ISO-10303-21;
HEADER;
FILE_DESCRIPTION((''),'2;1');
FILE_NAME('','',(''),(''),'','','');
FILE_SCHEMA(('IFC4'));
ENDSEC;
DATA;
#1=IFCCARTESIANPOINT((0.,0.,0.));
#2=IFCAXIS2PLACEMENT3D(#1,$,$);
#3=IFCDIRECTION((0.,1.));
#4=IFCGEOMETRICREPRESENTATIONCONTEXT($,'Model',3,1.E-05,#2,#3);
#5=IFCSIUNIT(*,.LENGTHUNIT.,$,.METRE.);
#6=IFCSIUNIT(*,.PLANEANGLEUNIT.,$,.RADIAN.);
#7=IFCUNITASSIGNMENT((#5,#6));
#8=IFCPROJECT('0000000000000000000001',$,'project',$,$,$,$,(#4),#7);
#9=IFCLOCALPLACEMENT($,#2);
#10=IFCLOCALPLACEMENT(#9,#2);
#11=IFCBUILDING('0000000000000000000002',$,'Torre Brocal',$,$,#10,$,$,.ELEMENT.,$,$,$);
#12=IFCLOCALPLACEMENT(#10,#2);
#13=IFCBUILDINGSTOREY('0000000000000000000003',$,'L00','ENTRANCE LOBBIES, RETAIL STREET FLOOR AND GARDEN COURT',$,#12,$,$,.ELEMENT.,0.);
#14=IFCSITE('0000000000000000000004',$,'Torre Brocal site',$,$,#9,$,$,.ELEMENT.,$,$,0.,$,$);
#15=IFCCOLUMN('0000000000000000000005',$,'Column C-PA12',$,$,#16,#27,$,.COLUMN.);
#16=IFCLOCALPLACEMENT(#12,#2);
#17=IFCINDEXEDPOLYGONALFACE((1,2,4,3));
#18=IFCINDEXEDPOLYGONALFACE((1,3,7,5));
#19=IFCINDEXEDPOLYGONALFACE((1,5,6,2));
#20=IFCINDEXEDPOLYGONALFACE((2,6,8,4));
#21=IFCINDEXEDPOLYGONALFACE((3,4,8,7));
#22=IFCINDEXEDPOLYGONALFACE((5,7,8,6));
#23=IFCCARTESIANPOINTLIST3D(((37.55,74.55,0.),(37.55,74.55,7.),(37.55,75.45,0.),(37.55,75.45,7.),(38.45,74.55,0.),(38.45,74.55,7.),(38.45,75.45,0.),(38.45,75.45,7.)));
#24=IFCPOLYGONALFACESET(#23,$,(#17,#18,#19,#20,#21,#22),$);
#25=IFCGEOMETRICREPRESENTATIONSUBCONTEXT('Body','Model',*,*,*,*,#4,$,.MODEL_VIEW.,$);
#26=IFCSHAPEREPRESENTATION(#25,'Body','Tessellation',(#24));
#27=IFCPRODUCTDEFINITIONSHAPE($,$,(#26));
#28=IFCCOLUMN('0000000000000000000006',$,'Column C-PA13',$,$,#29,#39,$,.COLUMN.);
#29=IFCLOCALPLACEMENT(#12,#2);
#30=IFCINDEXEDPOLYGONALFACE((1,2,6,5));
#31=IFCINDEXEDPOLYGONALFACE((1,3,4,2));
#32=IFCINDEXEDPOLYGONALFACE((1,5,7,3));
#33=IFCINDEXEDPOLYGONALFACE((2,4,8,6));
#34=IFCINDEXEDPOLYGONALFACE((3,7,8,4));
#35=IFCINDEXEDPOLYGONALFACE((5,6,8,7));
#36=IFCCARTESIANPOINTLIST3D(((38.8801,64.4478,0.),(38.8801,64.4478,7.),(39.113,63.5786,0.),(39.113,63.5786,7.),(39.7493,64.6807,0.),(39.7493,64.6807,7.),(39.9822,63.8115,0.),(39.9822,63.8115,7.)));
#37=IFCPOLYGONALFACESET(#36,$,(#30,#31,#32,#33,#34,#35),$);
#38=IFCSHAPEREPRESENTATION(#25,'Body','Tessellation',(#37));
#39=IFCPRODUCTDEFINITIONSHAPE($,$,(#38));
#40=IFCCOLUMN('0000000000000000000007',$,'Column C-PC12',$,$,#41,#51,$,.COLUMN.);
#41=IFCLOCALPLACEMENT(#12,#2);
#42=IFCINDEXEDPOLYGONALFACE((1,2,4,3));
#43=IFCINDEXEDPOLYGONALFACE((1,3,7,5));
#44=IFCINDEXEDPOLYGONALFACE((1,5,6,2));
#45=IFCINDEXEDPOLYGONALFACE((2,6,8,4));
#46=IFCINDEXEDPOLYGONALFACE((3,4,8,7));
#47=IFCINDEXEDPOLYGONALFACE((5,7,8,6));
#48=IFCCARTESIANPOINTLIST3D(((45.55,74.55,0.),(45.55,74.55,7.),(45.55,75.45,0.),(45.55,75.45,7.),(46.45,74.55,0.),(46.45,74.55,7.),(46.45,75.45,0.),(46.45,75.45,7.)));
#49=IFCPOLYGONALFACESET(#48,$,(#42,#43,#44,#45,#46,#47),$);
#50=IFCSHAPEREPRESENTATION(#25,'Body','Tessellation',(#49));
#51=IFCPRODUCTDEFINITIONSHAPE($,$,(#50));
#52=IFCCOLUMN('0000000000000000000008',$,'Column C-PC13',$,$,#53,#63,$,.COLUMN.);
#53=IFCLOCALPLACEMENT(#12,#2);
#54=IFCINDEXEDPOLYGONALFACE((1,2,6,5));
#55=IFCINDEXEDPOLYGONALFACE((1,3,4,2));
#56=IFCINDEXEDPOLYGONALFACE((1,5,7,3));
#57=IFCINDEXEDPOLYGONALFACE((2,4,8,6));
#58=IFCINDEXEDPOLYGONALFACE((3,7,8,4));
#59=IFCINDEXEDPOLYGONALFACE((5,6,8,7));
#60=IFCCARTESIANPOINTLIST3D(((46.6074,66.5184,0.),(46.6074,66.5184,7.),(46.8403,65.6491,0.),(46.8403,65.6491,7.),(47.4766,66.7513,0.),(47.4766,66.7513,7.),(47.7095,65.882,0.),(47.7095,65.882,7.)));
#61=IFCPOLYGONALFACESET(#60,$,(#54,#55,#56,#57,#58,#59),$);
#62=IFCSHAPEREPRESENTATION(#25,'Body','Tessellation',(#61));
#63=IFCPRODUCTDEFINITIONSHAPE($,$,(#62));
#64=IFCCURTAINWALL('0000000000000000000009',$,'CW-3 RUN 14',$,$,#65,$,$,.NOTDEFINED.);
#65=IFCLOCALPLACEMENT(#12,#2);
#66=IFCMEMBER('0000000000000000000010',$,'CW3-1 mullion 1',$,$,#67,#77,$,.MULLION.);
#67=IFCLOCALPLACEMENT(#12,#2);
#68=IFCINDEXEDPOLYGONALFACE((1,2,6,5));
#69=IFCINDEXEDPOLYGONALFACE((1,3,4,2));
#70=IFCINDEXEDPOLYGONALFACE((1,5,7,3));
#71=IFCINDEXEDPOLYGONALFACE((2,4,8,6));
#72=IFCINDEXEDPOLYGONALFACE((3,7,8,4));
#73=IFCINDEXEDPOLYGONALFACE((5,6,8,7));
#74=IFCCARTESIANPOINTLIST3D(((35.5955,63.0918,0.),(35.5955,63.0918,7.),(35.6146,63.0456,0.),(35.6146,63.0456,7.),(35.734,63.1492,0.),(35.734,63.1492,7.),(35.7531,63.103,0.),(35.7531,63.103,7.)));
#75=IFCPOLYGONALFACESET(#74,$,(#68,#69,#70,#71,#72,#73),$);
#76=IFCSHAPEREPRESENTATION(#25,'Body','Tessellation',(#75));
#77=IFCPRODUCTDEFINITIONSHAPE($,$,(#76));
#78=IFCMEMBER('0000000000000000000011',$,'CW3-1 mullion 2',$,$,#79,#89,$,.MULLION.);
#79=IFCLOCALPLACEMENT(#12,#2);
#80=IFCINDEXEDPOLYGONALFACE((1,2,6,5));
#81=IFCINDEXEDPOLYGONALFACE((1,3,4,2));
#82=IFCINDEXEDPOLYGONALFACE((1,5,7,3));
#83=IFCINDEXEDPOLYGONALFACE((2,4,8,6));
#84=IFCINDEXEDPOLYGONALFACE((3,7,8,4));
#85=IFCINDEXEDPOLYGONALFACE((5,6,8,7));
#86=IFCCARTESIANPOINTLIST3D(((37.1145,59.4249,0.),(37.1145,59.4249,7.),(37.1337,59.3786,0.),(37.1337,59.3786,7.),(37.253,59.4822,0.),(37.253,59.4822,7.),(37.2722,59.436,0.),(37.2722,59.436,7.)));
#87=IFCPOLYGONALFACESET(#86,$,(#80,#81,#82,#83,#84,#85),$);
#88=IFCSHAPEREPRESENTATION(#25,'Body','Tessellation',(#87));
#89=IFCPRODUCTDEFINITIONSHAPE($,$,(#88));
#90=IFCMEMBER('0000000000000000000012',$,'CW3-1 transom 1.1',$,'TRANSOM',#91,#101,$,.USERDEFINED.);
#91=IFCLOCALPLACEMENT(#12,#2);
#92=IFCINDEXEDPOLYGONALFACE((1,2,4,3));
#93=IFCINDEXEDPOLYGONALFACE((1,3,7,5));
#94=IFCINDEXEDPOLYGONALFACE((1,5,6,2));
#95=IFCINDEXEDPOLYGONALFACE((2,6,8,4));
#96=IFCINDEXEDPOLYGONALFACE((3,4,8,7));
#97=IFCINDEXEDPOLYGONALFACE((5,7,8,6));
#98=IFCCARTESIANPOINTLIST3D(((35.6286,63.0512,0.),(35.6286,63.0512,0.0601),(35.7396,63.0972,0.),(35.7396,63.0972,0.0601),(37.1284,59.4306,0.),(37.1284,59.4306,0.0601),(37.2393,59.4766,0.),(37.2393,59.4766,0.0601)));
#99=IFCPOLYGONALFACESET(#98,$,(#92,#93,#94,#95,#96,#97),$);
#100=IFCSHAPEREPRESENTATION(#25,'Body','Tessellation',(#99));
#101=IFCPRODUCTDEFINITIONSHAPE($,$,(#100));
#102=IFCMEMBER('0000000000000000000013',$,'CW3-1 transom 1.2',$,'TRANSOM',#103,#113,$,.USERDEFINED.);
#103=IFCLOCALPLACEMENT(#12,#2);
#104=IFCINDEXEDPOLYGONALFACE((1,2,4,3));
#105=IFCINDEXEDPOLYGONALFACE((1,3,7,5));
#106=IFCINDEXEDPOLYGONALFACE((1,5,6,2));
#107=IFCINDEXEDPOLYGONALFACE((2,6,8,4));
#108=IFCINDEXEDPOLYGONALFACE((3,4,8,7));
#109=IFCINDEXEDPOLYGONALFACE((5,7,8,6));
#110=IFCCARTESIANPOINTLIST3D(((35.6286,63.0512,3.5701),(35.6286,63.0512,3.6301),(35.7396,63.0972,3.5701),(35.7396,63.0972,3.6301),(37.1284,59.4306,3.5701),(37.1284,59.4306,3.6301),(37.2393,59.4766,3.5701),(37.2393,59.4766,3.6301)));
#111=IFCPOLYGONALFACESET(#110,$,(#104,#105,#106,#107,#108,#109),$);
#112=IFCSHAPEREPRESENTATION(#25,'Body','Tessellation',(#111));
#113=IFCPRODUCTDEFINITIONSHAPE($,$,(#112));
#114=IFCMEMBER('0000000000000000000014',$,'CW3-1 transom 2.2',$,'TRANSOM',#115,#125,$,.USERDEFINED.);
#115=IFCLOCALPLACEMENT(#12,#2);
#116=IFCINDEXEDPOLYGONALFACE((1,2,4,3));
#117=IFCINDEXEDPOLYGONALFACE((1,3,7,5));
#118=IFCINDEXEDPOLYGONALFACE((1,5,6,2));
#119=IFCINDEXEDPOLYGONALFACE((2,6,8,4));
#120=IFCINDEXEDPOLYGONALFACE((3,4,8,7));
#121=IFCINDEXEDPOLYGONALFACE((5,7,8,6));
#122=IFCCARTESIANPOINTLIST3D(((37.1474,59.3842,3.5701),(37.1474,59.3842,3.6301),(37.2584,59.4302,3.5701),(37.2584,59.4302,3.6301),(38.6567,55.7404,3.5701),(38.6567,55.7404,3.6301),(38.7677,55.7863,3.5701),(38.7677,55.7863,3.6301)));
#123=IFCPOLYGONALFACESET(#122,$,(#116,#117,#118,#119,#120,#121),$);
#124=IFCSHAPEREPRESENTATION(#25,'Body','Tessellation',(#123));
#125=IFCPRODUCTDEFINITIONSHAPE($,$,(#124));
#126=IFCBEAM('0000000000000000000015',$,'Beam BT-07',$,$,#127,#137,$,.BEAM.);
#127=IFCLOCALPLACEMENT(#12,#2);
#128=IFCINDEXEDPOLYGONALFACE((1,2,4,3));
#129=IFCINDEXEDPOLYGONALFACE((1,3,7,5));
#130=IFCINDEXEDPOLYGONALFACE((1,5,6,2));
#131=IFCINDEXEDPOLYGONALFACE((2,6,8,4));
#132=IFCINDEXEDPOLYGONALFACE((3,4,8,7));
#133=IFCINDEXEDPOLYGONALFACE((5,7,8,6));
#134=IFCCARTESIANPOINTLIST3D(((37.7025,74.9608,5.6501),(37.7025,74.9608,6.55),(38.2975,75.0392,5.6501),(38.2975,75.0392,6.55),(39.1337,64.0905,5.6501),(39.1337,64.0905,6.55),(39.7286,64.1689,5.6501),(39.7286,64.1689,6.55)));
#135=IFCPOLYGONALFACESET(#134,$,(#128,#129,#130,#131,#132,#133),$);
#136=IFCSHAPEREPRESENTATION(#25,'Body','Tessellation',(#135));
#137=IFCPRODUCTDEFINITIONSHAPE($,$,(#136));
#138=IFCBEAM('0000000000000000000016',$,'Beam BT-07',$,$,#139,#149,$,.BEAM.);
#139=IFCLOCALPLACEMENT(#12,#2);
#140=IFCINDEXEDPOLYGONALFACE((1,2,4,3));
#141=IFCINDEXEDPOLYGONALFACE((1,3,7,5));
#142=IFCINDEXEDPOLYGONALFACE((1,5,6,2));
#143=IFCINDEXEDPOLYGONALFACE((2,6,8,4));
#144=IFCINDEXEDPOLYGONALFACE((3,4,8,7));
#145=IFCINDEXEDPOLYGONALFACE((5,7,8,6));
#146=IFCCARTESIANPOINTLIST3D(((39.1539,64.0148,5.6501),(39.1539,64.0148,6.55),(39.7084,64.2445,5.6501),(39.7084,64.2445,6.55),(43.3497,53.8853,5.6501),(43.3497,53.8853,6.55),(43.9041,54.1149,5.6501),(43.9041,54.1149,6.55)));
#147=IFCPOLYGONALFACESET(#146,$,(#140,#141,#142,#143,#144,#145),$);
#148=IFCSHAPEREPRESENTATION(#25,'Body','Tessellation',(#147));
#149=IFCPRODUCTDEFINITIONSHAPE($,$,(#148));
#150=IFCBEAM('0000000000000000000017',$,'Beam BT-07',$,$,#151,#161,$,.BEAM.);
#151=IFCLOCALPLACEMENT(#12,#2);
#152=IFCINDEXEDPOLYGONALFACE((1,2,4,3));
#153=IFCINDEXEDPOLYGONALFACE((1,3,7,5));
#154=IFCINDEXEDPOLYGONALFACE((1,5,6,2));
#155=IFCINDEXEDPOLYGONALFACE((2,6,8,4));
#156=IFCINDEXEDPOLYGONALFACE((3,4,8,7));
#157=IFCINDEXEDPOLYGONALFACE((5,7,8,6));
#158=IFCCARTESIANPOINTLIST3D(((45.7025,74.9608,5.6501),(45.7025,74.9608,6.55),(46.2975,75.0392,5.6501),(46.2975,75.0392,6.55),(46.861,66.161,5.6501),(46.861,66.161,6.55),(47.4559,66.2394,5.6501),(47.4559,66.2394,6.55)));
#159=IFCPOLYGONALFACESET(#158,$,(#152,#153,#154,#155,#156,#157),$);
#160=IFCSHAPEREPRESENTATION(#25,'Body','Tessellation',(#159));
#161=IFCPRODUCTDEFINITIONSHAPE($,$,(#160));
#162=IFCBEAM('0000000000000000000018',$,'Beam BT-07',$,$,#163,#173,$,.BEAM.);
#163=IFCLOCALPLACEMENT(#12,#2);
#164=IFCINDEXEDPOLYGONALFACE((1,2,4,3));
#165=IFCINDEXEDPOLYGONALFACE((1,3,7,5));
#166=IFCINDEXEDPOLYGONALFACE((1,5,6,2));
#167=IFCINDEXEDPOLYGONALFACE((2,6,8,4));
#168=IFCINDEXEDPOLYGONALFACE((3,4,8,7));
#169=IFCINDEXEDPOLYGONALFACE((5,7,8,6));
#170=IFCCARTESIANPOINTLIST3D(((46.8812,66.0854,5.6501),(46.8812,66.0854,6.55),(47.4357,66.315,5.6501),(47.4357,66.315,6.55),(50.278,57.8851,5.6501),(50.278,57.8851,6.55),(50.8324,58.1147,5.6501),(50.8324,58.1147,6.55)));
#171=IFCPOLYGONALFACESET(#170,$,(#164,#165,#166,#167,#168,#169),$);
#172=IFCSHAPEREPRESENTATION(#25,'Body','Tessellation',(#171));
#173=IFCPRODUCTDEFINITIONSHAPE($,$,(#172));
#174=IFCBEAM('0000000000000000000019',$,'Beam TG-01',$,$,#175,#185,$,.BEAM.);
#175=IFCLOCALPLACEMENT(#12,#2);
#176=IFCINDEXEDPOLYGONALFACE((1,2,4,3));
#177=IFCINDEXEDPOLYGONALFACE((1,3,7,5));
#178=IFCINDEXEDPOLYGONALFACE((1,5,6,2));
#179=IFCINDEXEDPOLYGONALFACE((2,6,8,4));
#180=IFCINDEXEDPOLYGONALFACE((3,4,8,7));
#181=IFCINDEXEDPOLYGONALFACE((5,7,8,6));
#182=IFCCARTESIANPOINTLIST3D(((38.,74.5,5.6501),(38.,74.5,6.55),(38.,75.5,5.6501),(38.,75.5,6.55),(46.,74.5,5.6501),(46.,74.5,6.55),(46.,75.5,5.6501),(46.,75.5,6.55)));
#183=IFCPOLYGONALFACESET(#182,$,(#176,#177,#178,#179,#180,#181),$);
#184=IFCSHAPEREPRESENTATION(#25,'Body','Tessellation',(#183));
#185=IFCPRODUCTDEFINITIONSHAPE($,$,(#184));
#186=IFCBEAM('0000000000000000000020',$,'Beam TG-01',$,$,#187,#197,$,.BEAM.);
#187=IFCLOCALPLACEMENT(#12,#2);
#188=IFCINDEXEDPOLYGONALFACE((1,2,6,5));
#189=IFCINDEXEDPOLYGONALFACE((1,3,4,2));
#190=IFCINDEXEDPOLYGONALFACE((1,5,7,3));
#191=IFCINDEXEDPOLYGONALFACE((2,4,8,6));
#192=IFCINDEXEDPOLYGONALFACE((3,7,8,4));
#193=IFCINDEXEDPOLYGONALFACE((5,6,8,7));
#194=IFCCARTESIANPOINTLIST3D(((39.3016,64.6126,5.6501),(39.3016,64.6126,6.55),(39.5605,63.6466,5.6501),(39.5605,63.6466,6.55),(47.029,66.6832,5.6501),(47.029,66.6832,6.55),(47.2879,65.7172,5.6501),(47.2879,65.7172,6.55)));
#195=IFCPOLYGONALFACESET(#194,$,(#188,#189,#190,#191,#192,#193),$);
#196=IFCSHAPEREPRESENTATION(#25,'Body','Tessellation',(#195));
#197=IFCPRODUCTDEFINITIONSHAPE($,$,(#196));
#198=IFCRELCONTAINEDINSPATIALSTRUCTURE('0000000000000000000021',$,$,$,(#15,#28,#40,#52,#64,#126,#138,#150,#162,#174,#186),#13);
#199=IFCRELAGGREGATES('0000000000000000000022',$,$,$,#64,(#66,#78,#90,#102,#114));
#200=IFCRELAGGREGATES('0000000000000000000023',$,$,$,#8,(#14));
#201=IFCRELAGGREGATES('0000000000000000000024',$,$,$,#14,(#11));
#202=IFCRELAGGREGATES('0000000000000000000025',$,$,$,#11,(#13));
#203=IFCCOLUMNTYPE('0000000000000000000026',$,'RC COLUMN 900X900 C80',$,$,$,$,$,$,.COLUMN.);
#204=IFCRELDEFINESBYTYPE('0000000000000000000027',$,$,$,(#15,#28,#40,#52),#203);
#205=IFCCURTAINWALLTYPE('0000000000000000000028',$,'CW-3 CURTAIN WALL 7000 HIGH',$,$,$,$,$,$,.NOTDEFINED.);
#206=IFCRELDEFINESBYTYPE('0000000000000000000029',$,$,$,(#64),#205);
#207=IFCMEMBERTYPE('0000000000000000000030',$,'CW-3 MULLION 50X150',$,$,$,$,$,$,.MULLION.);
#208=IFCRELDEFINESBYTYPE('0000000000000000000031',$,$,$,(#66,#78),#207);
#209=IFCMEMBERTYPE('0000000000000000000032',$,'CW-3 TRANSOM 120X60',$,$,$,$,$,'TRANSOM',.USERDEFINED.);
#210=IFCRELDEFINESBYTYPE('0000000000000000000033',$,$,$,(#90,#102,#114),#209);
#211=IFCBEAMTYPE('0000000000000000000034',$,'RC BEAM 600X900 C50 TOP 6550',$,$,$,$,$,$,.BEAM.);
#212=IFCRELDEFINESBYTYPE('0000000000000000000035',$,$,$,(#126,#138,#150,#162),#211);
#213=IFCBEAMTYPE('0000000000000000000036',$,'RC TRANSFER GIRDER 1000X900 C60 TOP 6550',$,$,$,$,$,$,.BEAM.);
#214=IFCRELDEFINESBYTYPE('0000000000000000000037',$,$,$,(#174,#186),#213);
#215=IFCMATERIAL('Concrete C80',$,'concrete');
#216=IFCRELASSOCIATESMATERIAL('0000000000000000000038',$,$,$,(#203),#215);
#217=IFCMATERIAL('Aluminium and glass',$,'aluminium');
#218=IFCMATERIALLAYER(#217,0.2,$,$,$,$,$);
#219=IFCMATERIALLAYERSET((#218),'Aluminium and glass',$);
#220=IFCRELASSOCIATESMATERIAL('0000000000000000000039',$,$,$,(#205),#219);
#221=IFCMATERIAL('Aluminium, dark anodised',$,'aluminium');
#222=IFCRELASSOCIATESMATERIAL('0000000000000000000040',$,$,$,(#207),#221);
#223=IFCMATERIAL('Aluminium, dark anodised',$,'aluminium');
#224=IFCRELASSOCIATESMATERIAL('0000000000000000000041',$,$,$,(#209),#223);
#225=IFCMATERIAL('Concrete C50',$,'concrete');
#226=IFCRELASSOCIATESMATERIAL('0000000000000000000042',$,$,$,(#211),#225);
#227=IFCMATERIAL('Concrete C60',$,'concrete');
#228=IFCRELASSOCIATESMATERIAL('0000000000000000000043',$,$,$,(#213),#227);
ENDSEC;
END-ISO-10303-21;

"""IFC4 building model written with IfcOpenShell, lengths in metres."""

from ifc_helpers import new_model, si_unit, direction, frame, origin, origin_2d, place, context, subcontext, project, spatial, rectangle, extrude, material, layer, layer_set, material_profile, profile_set, type_object, element, aggregate, save


model = new_model("IFC4")

# Units and contexts
model_context = context("Model", 3, precision=1e-05, world=origin(), true_north=direction((0.0, 1.0)))
body_context = subcontext(model_context, "Body", "Model", "MODEL_VIEW")
ifc_project = project(units=[si_unit("LENGTHUNIT", "METRE"), si_unit("PLANEANGLEUNIT", "RADIAN")], contexts=[model_context])

# Site, building, storey
site_placement = place(None, origin())
site = spatial("IfcSite", under=ifc_project, at=site_placement, Name="Torre Brocal site", CompositionType="ELEMENT", RefElevation=0.0)
building_placement = place(site_placement, origin())
building = spatial("IfcBuilding", under=site, at=building_placement, Name="Torre Brocal", CompositionType="ELEMENT")
storey_placement = place(building_placement, origin())
storey = spatial("IfcBuildingStorey", under=building, at=storey_placement, Name="L00", Description="ENTRANCE LOBBIES, RETAIL STREET FLOOR AND GARDEN COURT", CompositionType="ELEMENT", Elevation=0.0)

# Columns
ifc_material_1 = material(Name="Concrete C80", Category="concrete")
ifc_material_profile_1 = material_profile(ifc_material_1, rectangle(XDim=0.8999, YDim=0.8999, at=origin_2d()), Name="RC 900X900")
ifc_profile_set_1 = profile_set([ifc_material_profile_1], Name="Concrete C80")
column_type = type_object("IfcColumnType", Name="RC COLUMN 900X900 C80", PredefinedType="COLUMN", material=ifc_profile_set_1)
for number, where, z_axis, x_axis, name in (
    (1, (38.0, 75.0, 0.0), (0.0, 0.0, 1.0), (-1.0, 0.0, 0.0), "Column C-PA12"),
    (2, (39.4312, 64.1296, 0.0), (0.0, 0.0, 1.0), (-0.965926, -0.258819, 0.0), "Column C-PA13"),
    (3, (46.0, 75.0, 0.0), (0.0, 0.0, 1.0), (-1.0, 0.0, 0.0), "Column C-PC12"),
    (4, (47.1584, 66.2002, 0.0), (0.0, 0.0, 1.0), (-0.965926, -0.258819, 0.0), "Column C-PC13"),
):
    element("IfcColumn", number, at=place(storey_placement, frame(where, z_axis=z_axis, x_axis=x_axis)), inside=storey, type_object=column_type, Name=name, PredefinedType="COLUMN", context=body_context, shape_type="SweptSolid", body=[
        extrude(rectangle(XDim=0.8999, YDim=0.8999, at=origin_2d()), origin(), (0.0, 0.0, 1.0), 7.0),
    ])

# Curtain wall, members
ifc_material_2 = material(Name="Aluminium and glass", Category="aluminium")
ifc_layer_1 = layer(ifc_material_2, 0.2)
ifc_layer_set_1 = layer_set([ifc_layer_1], Name="Aluminium and glass")
curtain_wall_type = type_object("IfcCurtainWallType", Name="CW-3 CURTAIN WALL 7000 HIGH", PredefinedType="NOTDEFINED", material=ifc_layer_set_1)
curtain_wall_placement = place(storey_placement, origin())
curtain_wall = element("IfcCurtainWall", 5, at=curtain_wall_placement, inside=storey, type_object=curtain_wall_type, Name="CW-3 RUN 14", PredefinedType="NOTDEFINED")
ifc_material_3 = material(Name="Aluminium, dark anodised", Category="aluminium")
ifc_material_profile_2 = material_profile(ifc_material_3, rectangle(XDim=0.1499, YDim=0.05, at=origin_2d()), Name="CW-3 MULLION 50X150")
ifc_profile_set_2 = profile_set([ifc_material_profile_2], Name="Aluminium, dark anodised")
member_type_1 = type_object("IfcMemberType", Name="CW-3 MULLION 50X150", PredefinedType="MULLION", material=ifc_profile_set_2)
member_1_placement = place(storey_placement, frame((35.6743, 63.0974, 0.0), z_axis=(0.0, 0.0, 1.0), x_axis=(0.92388, 0.382683, 0.0)))
member_1 = element("IfcMember", 6, at=member_1_placement, type_object=member_type_1, Name="CW3-1 mullion 1", PredefinedType="MULLION", context=body_context, shape_type="SweptSolid", body=[
    extrude(rectangle(XDim=0.1499, YDim=0.05, at=origin_2d()), origin(), (0.0, 0.0, 1.0), 7.0),
])
member_2_placement = place(storey_placement, frame((37.1934, 59.4304, 0.0), z_axis=(0.0, 0.0, 1.0), x_axis=(0.92388, 0.382683, 0.0)))
member_2 = element("IfcMember", 7, at=member_2_placement, type_object=member_type_1, Name="CW3-1 mullion 2", PredefinedType="MULLION", context=body_context, shape_type="SweptSolid", body=[
    extrude(rectangle(XDim=0.1499, YDim=0.05, at=origin_2d()), origin(), (0.0, 0.0, 1.0), 7.0),
])
ifc_material_4 = material(Name="Aluminium, dark anodised", Category="aluminium")
ifc_material_profile_3 = material_profile(ifc_material_4, rectangle(XDim=0.1201, YDim=0.0601, at=origin_2d()), Name="CW-3 TRANSOM 120X60")
ifc_profile_set_3 = profile_set([ifc_material_profile_3], Name="Aluminium, dark anodised")
member_type_2 = type_object("IfcMemberType", Name="CW-3 TRANSOM 120X60", ElementType="TRANSOM", PredefinedType="USERDEFINED", material=ifc_profile_set_3)
member_3_placement = place(storey_placement, frame((35.6841, 63.0742, 0.03), z_axis=(0.382695, -0.923875, 0.0), x_axis=(0.923875, 0.382695, 0.0)))
member_3 = element("IfcMember", 8, at=member_3_placement, type_object=member_type_2, Name="CW3-1 transom 1.1", ObjectType="TRANSOM", PredefinedType="USERDEFINED", context=body_context, shape_type="SweptSolid", body=[
    extrude(rectangle(XDim=0.1201, YDim=0.0601, at=origin_2d()), origin(), (0.0, 0.0, 1.0), 3.9189),
])
member_4_placement = place(storey_placement, frame((35.6841, 63.0742, 3.6001), z_axis=(0.382695, -0.923875, 0.0), x_axis=(0.923875, 0.382695, 0.0)))
member_4 = element("IfcMember", 9, at=member_4_placement, type_object=member_type_2, Name="CW3-1 transom 1.2", ObjectType="TRANSOM", PredefinedType="USERDEFINED", context=body_context, shape_type="SweptSolid", body=[
    extrude(rectangle(XDim=0.1201, YDim=0.0601, at=origin_2d()), origin(), (0.0, 0.0, 1.0), 3.9189),
])
member_5_placement = place(storey_placement, frame((37.2029, 59.4072, 3.6001), z_axis=(0.382676, -0.923883, 0.0), x_axis=(0.923883, 0.382676, 0.0)))
member_5 = element("IfcMember", 10, at=member_5_placement, type_object=member_type_2, Name="CW3-1 transom 2.2", ObjectType="TRANSOM", PredefinedType="USERDEFINED", context=body_context, shape_type="SweptSolid", body=[
    extrude(rectangle(XDim=0.1201, YDim=0.0601, at=origin_2d()), origin(), (0.0, 0.0, 1.0), 3.9441),
])

# Beams
ifc_material_5 = material(Name="Concrete C50", Category="concrete")
ifc_material_profile_4 = material_profile(ifc_material_5, rectangle(XDim=0.6001, YDim=0.8999, at=origin_2d()), Name="RC 600X900")
ifc_profile_set_4 = profile_set([ifc_material_profile_4], Name="Concrete C50")
beam_type_1 = type_object("IfcBeamType", Name="RC BEAM 600X900 C50 TOP 6550", PredefinedType="BEAM", material=ifc_profile_set_4)
for number, where, z_axis, x_axis, name in (
    (11, (38.0, 75.0, 6.1001), (0.13053, -0.991444, 0.0), (0.991444, 0.13053, 0.0), "Beam BT-07"),
    (12, (39.4312, 64.1296, 6.1001), (0.382681, -0.923881, 0.0), (0.923881, 0.382681, 0.0), "Beam BT-07"),
):
    element("IfcBeam", number, at=place(storey_placement, frame(where, z_axis=z_axis, x_axis=x_axis)), inside=storey, type_object=beam_type_1, Name=name, PredefinedType="BEAM", context=body_context, shape_type="SweptSolid", body=[
        extrude(rectangle(XDim=0.6001, YDim=0.8999, at=origin_2d()), origin(), (0.0, 0.0, 1.0), 10.9641),
    ])
beam_1_placement = place(storey_placement, frame((46.0, 75.0, 6.1001), z_axis=(0.130519, -0.991446, 0.0), x_axis=(0.991446, 0.130519, 0.0)))
element("IfcBeam", 13, at=beam_1_placement, inside=storey, type_object=beam_type_1, Name="Beam BT-07", PredefinedType="BEAM", context=body_context, shape_type="SweptSolid", body=[
    extrude(rectangle(XDim=0.6001, YDim=0.8999, at=origin_2d()), origin(), (0.0, 0.0, 1.0), 8.8757),
])
beam_2_placement = place(storey_placement, frame((47.1584, 66.2002, 6.1001), z_axis=(0.382693, -0.923876, 0.0), x_axis=(0.923876, 0.382693, 0.0)))
element("IfcBeam", 14, at=beam_2_placement, inside=storey, type_object=beam_type_1, Name="Beam BT-07", PredefinedType="BEAM", context=body_context, shape_type="SweptSolid", body=[
    extrude(rectangle(XDim=0.6001, YDim=0.8999, at=origin_2d()), origin(), (0.0, 0.0, 1.0), 8.876),
])
ifc_material_6 = material(Name="Concrete C60", Category="concrete")
ifc_material_profile_5 = material_profile(ifc_material_6, rectangle(XDim=1.0, YDim=0.8999, at=origin_2d()), Name="RC 1000X900")
ifc_profile_set_5 = profile_set([ifc_material_profile_5], Name="Concrete C60")
beam_type_2 = type_object("IfcBeamType", Name="RC TRANSFER GIRDER 1000X900 C60 TOP 6550", PredefinedType="BEAM", material=ifc_profile_set_5)
for number, where, z_axis, x_axis, name in (
    (15, (46.0, 75.0, 6.1001), (-1.0, 0.0, 0.0), (0.0, -1.0, 0.0), "Beam TG-01"),
    (16, (47.1584, 66.2002, 6.1001), (-0.965925, -0.258823, 0.0), (0.258823, -0.965925, 0.0), "Beam TG-01"),
):
    element("IfcBeam", number, at=place(storey_placement, frame(where, z_axis=z_axis, x_axis=x_axis)), inside=storey, type_object=beam_type_2, Name=name, PredefinedType="BEAM", context=body_context, shape_type="SweptSolid", body=[
        extrude(rectangle(XDim=1.0, YDim=0.8999, at=origin_2d()), origin(), (0.0, 0.0, 1.0), 8.0),
    ])

aggregate(curtain_wall, [member_1, member_2, member_3, member_4, member_5])

save(model, "model.ifc")
